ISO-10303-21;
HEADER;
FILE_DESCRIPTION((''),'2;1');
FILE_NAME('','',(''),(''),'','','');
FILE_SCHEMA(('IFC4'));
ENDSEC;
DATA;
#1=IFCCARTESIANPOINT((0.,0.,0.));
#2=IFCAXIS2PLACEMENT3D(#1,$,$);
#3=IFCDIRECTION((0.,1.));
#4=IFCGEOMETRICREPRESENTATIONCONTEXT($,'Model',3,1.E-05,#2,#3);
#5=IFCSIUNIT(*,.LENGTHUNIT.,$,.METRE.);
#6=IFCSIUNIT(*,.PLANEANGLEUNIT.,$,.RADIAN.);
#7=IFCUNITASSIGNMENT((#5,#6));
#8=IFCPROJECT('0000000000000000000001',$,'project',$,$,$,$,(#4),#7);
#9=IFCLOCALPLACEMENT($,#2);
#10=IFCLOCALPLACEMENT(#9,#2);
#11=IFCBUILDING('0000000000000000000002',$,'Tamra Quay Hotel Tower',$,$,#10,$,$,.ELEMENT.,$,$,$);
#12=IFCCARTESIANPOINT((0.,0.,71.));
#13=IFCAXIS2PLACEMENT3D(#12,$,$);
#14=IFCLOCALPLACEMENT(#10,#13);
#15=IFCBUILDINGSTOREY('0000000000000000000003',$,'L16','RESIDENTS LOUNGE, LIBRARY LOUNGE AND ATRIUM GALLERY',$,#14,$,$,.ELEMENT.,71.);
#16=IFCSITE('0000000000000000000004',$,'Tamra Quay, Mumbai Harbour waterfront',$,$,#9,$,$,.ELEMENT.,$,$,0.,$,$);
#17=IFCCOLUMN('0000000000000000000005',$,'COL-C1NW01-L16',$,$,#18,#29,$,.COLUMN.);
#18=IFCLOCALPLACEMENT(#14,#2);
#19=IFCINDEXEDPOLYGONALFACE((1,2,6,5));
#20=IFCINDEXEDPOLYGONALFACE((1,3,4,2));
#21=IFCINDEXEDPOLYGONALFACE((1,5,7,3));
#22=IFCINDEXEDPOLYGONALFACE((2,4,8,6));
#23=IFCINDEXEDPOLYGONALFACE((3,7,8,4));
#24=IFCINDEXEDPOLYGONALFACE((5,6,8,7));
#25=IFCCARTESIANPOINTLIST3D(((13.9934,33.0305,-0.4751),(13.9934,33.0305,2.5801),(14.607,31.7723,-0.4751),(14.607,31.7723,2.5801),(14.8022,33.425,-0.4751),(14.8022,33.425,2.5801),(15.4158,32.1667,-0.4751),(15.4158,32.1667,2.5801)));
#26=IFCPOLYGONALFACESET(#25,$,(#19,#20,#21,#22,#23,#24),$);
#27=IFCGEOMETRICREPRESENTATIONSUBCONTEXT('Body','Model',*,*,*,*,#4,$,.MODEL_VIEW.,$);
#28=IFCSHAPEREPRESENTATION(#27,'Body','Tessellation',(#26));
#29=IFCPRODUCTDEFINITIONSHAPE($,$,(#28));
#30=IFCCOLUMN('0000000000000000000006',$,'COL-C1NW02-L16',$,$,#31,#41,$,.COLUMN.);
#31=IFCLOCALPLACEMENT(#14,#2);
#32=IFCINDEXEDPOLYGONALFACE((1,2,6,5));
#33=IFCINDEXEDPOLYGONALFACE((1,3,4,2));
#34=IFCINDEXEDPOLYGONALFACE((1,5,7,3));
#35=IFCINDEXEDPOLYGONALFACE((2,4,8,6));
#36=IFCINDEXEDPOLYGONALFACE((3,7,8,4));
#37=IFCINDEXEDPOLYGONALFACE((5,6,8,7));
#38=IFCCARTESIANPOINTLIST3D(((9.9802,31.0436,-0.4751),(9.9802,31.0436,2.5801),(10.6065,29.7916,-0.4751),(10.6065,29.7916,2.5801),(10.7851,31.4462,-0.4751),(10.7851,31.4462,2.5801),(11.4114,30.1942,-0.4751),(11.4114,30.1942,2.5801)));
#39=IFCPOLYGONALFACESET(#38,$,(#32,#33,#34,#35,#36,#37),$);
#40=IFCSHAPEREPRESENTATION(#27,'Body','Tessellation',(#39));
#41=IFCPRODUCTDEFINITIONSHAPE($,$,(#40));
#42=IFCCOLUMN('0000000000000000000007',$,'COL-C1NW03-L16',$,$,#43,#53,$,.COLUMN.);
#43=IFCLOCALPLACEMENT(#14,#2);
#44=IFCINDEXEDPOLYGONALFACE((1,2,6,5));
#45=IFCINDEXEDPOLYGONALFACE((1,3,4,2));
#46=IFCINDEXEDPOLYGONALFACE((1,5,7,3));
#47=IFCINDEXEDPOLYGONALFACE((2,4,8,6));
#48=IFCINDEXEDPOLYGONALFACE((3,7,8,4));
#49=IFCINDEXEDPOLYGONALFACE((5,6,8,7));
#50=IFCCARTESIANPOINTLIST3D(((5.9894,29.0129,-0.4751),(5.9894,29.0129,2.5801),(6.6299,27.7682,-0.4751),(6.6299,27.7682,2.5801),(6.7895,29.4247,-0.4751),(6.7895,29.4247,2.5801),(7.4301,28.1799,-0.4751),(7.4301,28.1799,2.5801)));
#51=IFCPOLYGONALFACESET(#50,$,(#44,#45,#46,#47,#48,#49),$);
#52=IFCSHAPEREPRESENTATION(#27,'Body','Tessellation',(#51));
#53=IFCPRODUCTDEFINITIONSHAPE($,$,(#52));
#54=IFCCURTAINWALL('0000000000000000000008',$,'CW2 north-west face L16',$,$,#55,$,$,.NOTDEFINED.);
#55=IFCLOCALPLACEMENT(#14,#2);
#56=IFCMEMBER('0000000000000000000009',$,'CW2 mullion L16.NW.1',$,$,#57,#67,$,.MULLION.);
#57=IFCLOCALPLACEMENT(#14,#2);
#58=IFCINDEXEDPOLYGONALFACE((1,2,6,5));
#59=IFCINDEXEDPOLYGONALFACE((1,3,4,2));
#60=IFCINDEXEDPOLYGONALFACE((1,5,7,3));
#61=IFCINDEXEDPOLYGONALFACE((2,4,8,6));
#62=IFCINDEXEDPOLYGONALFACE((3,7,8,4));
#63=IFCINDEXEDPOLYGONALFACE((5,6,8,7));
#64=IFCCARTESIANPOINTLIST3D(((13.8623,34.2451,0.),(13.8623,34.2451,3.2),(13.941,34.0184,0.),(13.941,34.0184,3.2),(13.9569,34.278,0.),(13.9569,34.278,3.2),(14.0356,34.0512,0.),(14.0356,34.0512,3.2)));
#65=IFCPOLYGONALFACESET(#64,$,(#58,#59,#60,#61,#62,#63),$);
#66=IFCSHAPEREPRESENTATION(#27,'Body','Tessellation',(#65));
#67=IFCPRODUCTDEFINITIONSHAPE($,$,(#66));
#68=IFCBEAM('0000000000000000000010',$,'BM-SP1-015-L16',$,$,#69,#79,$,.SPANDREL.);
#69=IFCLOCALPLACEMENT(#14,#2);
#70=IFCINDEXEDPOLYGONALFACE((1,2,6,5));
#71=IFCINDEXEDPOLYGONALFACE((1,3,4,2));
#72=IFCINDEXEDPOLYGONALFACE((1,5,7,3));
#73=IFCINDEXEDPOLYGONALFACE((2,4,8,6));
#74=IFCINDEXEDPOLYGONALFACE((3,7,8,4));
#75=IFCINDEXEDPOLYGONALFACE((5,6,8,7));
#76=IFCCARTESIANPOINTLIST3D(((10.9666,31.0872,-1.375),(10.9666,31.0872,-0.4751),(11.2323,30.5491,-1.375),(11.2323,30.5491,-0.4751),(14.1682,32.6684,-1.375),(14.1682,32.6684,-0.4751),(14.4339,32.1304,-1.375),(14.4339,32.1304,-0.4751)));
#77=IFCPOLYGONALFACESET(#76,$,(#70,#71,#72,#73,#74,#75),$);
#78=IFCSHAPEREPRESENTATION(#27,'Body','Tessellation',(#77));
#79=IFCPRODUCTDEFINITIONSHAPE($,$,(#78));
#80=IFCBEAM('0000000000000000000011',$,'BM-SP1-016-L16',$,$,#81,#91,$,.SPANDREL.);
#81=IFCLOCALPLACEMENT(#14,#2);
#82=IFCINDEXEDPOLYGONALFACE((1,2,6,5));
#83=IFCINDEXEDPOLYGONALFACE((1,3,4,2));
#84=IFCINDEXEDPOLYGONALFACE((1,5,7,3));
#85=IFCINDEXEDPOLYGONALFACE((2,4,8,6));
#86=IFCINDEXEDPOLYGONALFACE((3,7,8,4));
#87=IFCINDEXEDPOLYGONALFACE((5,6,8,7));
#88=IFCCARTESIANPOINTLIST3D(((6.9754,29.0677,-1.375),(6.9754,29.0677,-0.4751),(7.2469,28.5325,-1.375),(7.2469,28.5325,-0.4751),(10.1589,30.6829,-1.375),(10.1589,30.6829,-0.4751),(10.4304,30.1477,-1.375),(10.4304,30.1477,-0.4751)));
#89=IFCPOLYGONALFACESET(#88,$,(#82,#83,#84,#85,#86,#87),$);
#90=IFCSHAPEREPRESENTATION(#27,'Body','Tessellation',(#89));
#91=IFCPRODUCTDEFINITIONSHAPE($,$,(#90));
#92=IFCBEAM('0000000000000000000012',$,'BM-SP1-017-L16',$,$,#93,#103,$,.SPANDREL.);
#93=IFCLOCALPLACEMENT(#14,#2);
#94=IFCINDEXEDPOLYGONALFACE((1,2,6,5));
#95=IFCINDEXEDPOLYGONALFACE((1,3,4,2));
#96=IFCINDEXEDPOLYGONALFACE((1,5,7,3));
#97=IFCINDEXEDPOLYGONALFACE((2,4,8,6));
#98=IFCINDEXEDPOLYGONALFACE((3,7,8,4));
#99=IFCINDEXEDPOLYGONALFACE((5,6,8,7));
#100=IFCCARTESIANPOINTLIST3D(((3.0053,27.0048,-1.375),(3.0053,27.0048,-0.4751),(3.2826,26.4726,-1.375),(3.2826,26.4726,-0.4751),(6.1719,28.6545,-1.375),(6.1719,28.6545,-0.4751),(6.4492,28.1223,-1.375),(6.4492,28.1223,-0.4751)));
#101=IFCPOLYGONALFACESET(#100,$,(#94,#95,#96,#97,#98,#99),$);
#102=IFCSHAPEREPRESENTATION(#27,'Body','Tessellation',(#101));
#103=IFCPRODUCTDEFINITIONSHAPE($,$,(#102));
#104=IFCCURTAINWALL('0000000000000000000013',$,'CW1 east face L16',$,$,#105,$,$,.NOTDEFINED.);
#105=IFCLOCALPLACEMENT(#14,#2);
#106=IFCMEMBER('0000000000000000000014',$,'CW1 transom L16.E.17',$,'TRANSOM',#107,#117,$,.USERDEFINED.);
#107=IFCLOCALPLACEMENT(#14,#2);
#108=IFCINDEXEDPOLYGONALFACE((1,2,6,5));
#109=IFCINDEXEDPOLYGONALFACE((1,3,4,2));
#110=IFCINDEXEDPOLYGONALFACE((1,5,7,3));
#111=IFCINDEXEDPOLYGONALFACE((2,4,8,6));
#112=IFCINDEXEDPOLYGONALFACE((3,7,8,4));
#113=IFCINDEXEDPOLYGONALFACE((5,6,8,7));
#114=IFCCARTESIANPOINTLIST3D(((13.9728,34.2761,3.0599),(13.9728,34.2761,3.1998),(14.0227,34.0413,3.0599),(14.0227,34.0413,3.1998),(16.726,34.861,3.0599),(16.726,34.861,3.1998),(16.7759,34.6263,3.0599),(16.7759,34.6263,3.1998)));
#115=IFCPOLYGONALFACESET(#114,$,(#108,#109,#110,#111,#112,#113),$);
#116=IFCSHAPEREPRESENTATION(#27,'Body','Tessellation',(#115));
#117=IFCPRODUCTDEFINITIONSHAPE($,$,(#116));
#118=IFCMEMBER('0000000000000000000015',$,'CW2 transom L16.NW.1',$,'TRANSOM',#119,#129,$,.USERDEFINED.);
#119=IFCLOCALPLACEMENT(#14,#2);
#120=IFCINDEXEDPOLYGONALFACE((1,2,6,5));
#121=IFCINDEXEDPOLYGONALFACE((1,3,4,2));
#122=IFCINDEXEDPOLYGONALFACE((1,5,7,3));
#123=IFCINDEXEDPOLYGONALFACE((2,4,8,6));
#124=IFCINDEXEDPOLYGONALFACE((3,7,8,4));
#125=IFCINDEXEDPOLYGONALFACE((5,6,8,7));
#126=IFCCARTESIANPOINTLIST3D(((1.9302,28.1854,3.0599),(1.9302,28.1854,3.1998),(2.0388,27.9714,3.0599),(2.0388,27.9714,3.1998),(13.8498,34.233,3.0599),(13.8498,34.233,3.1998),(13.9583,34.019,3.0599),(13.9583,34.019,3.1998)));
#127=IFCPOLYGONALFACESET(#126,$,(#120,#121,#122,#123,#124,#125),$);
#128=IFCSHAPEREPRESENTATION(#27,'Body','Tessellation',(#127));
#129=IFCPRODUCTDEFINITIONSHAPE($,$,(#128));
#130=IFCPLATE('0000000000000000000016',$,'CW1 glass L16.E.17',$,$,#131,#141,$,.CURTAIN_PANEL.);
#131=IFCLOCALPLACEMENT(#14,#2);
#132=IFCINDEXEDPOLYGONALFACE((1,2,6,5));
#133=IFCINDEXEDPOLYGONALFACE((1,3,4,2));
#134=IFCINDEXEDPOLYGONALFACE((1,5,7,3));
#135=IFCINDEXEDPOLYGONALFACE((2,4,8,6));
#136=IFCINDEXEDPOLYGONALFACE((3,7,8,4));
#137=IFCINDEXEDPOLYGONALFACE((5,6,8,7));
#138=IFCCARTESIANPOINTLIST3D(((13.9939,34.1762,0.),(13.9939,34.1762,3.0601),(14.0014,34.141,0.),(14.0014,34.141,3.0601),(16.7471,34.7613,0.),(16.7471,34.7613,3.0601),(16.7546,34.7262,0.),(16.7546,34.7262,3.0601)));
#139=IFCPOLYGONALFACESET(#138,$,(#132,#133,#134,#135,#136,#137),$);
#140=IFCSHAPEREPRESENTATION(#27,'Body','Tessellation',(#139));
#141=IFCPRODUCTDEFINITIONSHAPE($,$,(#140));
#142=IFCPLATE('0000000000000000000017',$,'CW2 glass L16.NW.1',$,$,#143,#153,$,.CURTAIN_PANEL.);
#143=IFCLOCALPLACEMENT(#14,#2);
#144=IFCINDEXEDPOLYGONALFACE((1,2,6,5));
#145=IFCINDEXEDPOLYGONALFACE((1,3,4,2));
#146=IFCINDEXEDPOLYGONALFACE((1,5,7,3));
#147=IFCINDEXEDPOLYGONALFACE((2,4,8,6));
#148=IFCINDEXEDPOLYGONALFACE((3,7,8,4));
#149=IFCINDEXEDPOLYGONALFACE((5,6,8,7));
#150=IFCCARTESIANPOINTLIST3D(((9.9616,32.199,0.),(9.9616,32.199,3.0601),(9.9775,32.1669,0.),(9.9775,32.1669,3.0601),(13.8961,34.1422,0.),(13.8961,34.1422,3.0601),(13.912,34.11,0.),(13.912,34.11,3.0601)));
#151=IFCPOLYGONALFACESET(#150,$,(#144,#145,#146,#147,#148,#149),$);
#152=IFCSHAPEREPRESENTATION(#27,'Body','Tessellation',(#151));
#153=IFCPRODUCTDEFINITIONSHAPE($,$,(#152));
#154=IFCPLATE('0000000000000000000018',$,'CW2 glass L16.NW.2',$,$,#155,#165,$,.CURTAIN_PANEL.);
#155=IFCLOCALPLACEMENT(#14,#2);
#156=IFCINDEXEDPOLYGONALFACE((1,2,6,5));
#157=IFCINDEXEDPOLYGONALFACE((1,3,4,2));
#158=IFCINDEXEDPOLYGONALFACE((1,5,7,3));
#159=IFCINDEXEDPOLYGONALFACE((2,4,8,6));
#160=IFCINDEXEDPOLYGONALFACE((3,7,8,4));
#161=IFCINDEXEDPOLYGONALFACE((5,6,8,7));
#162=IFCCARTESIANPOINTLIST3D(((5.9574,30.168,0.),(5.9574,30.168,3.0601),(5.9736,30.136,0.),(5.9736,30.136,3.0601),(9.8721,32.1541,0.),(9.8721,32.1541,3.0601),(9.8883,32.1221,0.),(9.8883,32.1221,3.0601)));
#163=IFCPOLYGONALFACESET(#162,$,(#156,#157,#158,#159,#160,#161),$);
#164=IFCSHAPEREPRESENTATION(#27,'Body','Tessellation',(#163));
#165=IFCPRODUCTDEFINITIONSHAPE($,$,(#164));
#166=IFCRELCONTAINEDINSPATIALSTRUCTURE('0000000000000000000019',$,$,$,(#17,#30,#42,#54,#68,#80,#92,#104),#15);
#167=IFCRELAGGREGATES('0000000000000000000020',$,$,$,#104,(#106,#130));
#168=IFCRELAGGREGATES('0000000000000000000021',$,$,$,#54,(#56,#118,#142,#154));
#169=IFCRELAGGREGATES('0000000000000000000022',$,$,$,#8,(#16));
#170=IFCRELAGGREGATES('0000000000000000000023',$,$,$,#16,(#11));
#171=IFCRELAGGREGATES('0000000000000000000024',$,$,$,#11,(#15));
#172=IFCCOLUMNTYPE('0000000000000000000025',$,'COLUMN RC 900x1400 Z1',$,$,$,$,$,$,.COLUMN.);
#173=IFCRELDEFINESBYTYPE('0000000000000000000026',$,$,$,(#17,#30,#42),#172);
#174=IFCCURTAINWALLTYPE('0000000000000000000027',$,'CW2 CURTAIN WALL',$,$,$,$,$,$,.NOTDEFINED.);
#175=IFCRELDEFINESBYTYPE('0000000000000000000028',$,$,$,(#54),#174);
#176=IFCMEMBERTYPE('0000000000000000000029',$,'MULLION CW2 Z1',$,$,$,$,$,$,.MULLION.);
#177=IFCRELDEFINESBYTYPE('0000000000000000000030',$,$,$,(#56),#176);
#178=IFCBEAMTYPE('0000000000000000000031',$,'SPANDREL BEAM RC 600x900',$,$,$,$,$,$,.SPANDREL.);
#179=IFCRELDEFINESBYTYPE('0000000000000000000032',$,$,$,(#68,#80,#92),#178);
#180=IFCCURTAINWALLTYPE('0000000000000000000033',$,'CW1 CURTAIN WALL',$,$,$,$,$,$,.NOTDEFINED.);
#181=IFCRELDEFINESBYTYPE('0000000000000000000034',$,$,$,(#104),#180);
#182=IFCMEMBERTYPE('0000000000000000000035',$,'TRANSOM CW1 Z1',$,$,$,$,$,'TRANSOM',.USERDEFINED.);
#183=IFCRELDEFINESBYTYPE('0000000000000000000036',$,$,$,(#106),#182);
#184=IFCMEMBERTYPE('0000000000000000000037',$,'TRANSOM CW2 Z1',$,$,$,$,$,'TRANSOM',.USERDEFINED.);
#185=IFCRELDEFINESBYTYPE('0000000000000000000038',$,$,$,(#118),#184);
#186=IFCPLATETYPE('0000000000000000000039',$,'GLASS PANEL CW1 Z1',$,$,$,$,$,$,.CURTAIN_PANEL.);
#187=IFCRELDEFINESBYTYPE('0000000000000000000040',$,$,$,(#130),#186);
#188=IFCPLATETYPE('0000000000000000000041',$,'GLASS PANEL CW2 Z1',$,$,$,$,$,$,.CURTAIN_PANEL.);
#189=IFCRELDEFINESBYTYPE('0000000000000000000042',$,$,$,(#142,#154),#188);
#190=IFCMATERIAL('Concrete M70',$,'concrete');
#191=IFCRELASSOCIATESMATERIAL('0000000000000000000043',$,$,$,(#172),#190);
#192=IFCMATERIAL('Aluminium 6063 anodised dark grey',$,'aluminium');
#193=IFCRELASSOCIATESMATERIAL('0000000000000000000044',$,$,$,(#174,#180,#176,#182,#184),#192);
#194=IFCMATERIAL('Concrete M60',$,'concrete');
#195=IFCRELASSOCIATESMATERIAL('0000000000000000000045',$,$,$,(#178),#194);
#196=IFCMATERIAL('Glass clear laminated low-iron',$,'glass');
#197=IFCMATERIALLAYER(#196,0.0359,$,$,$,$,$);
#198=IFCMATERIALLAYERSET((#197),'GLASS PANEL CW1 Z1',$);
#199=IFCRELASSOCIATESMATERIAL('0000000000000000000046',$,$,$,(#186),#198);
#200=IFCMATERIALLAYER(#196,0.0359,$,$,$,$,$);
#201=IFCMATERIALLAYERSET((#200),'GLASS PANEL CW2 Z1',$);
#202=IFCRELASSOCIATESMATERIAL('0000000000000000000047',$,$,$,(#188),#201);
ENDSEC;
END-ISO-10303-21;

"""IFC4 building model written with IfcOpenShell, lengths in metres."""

from ifc_helpers import new_model, si_unit, direction, frame, origin, origin_2d, place, context, subcontext, project, spatial, rectangle, extrude, material, layer, layer_set, material_profile, profile_set, type_object, element, aggregate, save


model = new_model("IFC4")

# Units and contexts
model_context = context("Model", 3, precision=1e-05, world=origin(), true_north=direction((0.0, 1.0)))
body_context = subcontext(model_context, "Body", "Model", "MODEL_VIEW")
ifc_project = project(units=[si_unit("LENGTHUNIT", "METRE"), si_unit("PLANEANGLEUNIT", "RADIAN")], contexts=[model_context])

# Site, building, storey
site_placement = place(None, origin())
site = spatial("IfcSite", under=ifc_project, at=site_placement, Name="Tamra Quay, Mumbai Harbour waterfront", CompositionType="ELEMENT", RefElevation=0.0)
building_placement = place(site_placement, origin())
building = spatial("IfcBuilding", under=site, at=building_placement, Name="Tamra Quay Hotel Tower", CompositionType="ELEMENT")
storey_placement = place(building_placement, frame((0.0, 0.0, 71.0)))
storey = spatial("IfcBuildingStorey", under=building, at=storey_placement, Name="L16", Description="RESIDENTS LOUNGE, LIBRARY LOUNGE AND ATRIUM GALLERY", CompositionType="ELEMENT", Elevation=71.0)

# Columns
ifc_material_1 = material(Name="Concrete M70", Category="concrete")
ifc_material_profile_1 = material_profile(ifc_material_1, rectangle(XDim=1.3999, YDim=0.8999, at=origin_2d()), Name="COLUMN RC 900x1400 Z1")
ifc_profile_set_1 = profile_set([ifc_material_profile_1], Name="Concrete M70")
column_type = type_object("IfcColumnType", Name="COLUMN RC 900x1400 Z1", PredefinedType="COLUMN", material=ifc_profile_set_1)
for number, where, z_axis, x_axis, name in (
    (1, (14.7046, 32.5986, -0.4751), (0.0, 0.0, 1.0), (-0.438341, 0.898809, 0.0), "COL-C1NW01-L16"),
    (2, (10.6958, 30.6189, -0.4751), (0.0, 0.0, 1.0), (-0.447377, 0.894346, 0.0), "COL-C1NW02-L16"),
    (3, (6.7097, 28.5964, -0.4751), (0.0, 0.0, 1.0), (-0.457548, 0.889185, 0.0), "COL-C1NW03-L16"),
):
    element("IfcColumn", number, at=place(storey_placement, frame(where, z_axis=z_axis, x_axis=x_axis)), inside=storey, type_object=column_type, Name=name, PredefinedType="COLUMN", context=body_context, shape_type="SweptSolid", body=[
        extrude(rectangle(XDim=1.3999, YDim=0.8999, at=origin_2d()), origin(), (0.0, 0.0, 1.0), 3.0552),
    ])

# Curtain wall, member
ifc_material_2 = material(Name="Aluminium 6063 anodised dark grey", Category="aluminium")
curtain_wall_type_1 = type_object("IfcCurtainWallType", Name="CW2 CURTAIN WALL", PredefinedType="NOTDEFINED", material=ifc_material_2)
curtain_wall_1_placement = place(storey_placement, origin())
curtain_wall_1 = element("IfcCurtainWall", 4, at=curtain_wall_1_placement, inside=storey, type_object=curtain_wall_type_1, Name="CW2 north-west face L16", PredefinedType="NOTDEFINED")
ifc_material_profile_2 = material_profile(ifc_material_2, rectangle(XDim=0.24, YDim=0.1001, at=origin_2d()), Name="MULLION 100X240")
ifc_profile_set_2 = profile_set([ifc_material_profile_2], Name="Aluminium 6063 anodised dark grey")
member_type_1 = type_object("IfcMemberType", Name="MULLION CW2 Z1", PredefinedType="MULLION", material=ifc_profile_set_2)
member_1_placement = place(storey_placement, frame((13.949, 34.1482, 0.0), z_axis=(0.0, 0.0, 1.0), x_axis=(-0.327898, 0.944713, 0.0)))
member_1 = element("IfcMember", 5, at=member_1_placement, type_object=member_type_1, Name="CW2 mullion L16.NW.1", PredefinedType="MULLION", context=body_context, shape_type="SweptSolid", body=[
    extrude(rectangle(XDim=0.24, YDim=0.1001, at=origin_2d()), origin(), (0.0, 0.0, 1.0), 3.2),
])

# Beams
ifc_material_3 = material(Name="Concrete M60", Category="concrete")
ifc_material_profile_3 = material_profile(ifc_material_3, rectangle(XDim=0.6001, YDim=0.8999, at=origin_2d()), Name="SPANDREL BEAM RC 600x900")
ifc_profile_set_3 = profile_set([ifc_material_profile_3], Name="Concrete M60")
beam_type = type_object("IfcBeamType", Name="SPANDREL BEAM RC 600x900", PredefinedType="SPANDREL", material=ifc_profile_set_3)
beam_1_placement = place(storey_placement, frame((14.301, 32.3994, -0.925), z_axis=(-0.896604, -0.442833, 0.0), x_axis=(0.442833, -0.896604, 0.0)))
element("IfcBeam", 6, at=beam_1_placement, inside=storey, type_object=beam_type, Name="BM-SP1-015-L16", PredefinedType="SPANDREL", context=body_context, shape_type="SweptSolid", body=[
    extrude(rectangle(XDim=0.6001, YDim=0.8999, at=origin_2d()), origin(), (0.0, 0.0, 1.0), 3.5708),
])
beam_2_placement = place(storey_placement, frame((10.2947, 30.4153, -0.925), z_axis=(-0.891786, -0.452458, 0.0), x_axis=(0.452458, -0.891786, 0.0)))
element("IfcBeam", 7, at=beam_2_placement, inside=storey, type_object=beam_type, Name="BM-SP1-016-L16", PredefinedType="SPANDREL", context=body_context, shape_type="SweptSolid", body=[
    extrude(rectangle(XDim=0.6001, YDim=0.8999, at=origin_2d()), origin(), (0.0, 0.0, 1.0), 3.5698),
])
beam_3_placement = place(storey_placement, frame((6.3105, 28.3884, -0.925), z_axis=(-0.886864, -0.462031, 0.0), x_axis=(0.462031, -0.886864, 0.0)))
element("IfcBeam", 8, at=beam_3_placement, inside=storey, type_object=beam_type, Name="BM-SP1-017-L16", PredefinedType="SPANDREL", context=body_context, shape_type="SweptSolid", body=[
    extrude(rectangle(XDim=0.6001, YDim=0.8999, at=origin_2d()), origin(), (0.0, 0.0, 1.0), 3.5706),
])

# Curtain wall, member
curtain_wall_type_2 = type_object("IfcCurtainWallType", Name="CW1 CURTAIN WALL", PredefinedType="NOTDEFINED", material=ifc_material_2)
curtain_wall_2_placement = place(storey_placement, origin())
curtain_wall_2 = element("IfcCurtainWall", 9, at=curtain_wall_2_placement, inside=storey, type_object=curtain_wall_type_2, Name="CW1 east face L16", PredefinedType="NOTDEFINED")
ifc_material_profile_4 = material_profile(ifc_material_2, rectangle(XDim=0.24, YDim=0.1399, at=origin_2d()), Name="TRANSOM 240X140")
ifc_profile_set_4 = profile_set([ifc_material_profile_4], Name="Aluminium 6063 anodised dark grey")
member_type_2 = type_object("IfcMemberType", Name="TRANSOM CW1 Z1", ElementType="TRANSOM", PredefinedType="USERDEFINED", material=ifc_profile_set_4)
member_2_placement = place(storey_placement, frame((16.751, 34.7437, 3.1299), z_axis=(-0.978165, -0.207829, 0.0), x_axis=(0.207829, -0.978165, 0.0)))
member_2 = element("IfcMember", 10, at=member_2_placement, type_object=member_type_2, Name="CW1 transom L16.E.17", ObjectType="TRANSOM", PredefinedType="USERDEFINED", context=body_context, shape_type="SweptSolid", body=[
    extrude(rectangle(XDim=0.24, YDim=0.1399, at=origin_2d()), origin(), (0.0, 0.0, 1.0), 2.8147),
])

# Member
ifc_material_profile_5 = material_profile(ifc_material_2, rectangle(XDim=0.24, YDim=0.1399, at=origin_2d()), Name="TRANSOM 240X140")
ifc_profile_set_5 = profile_set([ifc_material_profile_5], Name="Aluminium 6063 anodised dark grey")
member_type_3 = type_object("IfcMemberType", Name="TRANSOM CW2 Z1", ElementType="TRANSOM", PredefinedType="USERDEFINED", material=ifc_profile_set_5)
member_3_placement = place(storey_placement, frame((13.9041, 34.126, 3.1299), z_axis=(-0.891785, -0.452459, 0.0), x_axis=(0.452459, -0.891785, 0.0)))
member_3 = element("IfcMember", 11, at=member_3_placement, type_object=member_type_3, Name="CW2 transom L16.NW.1", ObjectType="TRANSOM", PredefinedType="USERDEFINED", context=body_context, shape_type="SweptSolid", body=[
    extrude(rectangle(XDim=0.24, YDim=0.1399, at=origin_2d()), origin(), (0.0, 0.0, 1.0), 13.366),
])

# Plates
ifc_material_4 = material(Name="Glass clear laminated low-iron", Category="glass")
ifc_layer_1 = layer(ifc_material_4, 0.0359)
ifc_layer_set_1 = layer_set([ifc_layer_1], Name="GLASS PANEL CW1 Z1")
plate_type_1 = type_object("IfcPlateType", Name="GLASS PANEL CW1 Z1", PredefinedType="CURTAIN_PANEL", material=ifc_layer_set_1)
plate_1_placement = place(storey_placement, frame((15.3743, 34.4512, 0.0), z_axis=(0.0, 0.0, 1.0), x_axis=(-0.978153, -0.207887, 0.0)))
plate_1 = element("IfcPlate", 12, at=plate_1_placement, type_object=plate_type_1, Name="CW1 glass L16.E.17", PredefinedType="CURTAIN_PANEL", context=body_context, shape_type="SweptSolid", body=[
    extrude(rectangle(XDim=2.8147, YDim=0.0359, at=origin_2d()), origin(), (0.0, 0.0, 1.0), 3.0601),
])
aggregate(curtain_wall_2, [member_2, plate_1])
ifc_layer_2 = layer(ifc_material_4, 0.0359)
ifc_layer_set_2 = layer_set([ifc_layer_2], Name="GLASS PANEL CW2 Z1")
plate_type_2 = type_object("IfcPlateType", Name="GLASS PANEL CW2 Z1", PredefinedType="CURTAIN_PANEL", material=ifc_layer_set_2)
plate_2_placement = place(storey_placement, frame((11.9368, 33.1545, 0.0), z_axis=(0.0, 0.0, 1.0), x_axis=(-0.896611, -0.442819, 0.0)))
plate_2 = element("IfcPlate", 13, at=plate_2_placement, type_object=plate_type_2, Name="CW2 glass L16.NW.1", PredefinedType="CURTAIN_PANEL", context=body_context, shape_type="SweptSolid", body=[
    extrude(rectangle(XDim=4.3882, YDim=0.0359, at=origin_2d()), origin(), (0.0, 0.0, 1.0), 3.0601),
])
plate_3_placement = place(storey_placement, frame((7.9229, 31.145, 0.0), z_axis=(0.0, 0.0, 1.0), x_axis=(-0.89179, -0.45245, 0.0)))
plate_3 = element("IfcPlate", 14, at=plate_3_placement, type_object=plate_type_2, Name="CW2 glass L16.NW.2", PredefinedType="CURTAIN_PANEL", context=body_context, shape_type="SweptSolid", body=[
    extrude(rectangle(XDim=4.3896, YDim=0.0359, at=origin_2d()), origin(), (0.0, 0.0, 1.0), 3.0601),
])
aggregate(curtain_wall_1, [member_1, member_3, plate_2, plate_3])

save(model, "model.ifc")
